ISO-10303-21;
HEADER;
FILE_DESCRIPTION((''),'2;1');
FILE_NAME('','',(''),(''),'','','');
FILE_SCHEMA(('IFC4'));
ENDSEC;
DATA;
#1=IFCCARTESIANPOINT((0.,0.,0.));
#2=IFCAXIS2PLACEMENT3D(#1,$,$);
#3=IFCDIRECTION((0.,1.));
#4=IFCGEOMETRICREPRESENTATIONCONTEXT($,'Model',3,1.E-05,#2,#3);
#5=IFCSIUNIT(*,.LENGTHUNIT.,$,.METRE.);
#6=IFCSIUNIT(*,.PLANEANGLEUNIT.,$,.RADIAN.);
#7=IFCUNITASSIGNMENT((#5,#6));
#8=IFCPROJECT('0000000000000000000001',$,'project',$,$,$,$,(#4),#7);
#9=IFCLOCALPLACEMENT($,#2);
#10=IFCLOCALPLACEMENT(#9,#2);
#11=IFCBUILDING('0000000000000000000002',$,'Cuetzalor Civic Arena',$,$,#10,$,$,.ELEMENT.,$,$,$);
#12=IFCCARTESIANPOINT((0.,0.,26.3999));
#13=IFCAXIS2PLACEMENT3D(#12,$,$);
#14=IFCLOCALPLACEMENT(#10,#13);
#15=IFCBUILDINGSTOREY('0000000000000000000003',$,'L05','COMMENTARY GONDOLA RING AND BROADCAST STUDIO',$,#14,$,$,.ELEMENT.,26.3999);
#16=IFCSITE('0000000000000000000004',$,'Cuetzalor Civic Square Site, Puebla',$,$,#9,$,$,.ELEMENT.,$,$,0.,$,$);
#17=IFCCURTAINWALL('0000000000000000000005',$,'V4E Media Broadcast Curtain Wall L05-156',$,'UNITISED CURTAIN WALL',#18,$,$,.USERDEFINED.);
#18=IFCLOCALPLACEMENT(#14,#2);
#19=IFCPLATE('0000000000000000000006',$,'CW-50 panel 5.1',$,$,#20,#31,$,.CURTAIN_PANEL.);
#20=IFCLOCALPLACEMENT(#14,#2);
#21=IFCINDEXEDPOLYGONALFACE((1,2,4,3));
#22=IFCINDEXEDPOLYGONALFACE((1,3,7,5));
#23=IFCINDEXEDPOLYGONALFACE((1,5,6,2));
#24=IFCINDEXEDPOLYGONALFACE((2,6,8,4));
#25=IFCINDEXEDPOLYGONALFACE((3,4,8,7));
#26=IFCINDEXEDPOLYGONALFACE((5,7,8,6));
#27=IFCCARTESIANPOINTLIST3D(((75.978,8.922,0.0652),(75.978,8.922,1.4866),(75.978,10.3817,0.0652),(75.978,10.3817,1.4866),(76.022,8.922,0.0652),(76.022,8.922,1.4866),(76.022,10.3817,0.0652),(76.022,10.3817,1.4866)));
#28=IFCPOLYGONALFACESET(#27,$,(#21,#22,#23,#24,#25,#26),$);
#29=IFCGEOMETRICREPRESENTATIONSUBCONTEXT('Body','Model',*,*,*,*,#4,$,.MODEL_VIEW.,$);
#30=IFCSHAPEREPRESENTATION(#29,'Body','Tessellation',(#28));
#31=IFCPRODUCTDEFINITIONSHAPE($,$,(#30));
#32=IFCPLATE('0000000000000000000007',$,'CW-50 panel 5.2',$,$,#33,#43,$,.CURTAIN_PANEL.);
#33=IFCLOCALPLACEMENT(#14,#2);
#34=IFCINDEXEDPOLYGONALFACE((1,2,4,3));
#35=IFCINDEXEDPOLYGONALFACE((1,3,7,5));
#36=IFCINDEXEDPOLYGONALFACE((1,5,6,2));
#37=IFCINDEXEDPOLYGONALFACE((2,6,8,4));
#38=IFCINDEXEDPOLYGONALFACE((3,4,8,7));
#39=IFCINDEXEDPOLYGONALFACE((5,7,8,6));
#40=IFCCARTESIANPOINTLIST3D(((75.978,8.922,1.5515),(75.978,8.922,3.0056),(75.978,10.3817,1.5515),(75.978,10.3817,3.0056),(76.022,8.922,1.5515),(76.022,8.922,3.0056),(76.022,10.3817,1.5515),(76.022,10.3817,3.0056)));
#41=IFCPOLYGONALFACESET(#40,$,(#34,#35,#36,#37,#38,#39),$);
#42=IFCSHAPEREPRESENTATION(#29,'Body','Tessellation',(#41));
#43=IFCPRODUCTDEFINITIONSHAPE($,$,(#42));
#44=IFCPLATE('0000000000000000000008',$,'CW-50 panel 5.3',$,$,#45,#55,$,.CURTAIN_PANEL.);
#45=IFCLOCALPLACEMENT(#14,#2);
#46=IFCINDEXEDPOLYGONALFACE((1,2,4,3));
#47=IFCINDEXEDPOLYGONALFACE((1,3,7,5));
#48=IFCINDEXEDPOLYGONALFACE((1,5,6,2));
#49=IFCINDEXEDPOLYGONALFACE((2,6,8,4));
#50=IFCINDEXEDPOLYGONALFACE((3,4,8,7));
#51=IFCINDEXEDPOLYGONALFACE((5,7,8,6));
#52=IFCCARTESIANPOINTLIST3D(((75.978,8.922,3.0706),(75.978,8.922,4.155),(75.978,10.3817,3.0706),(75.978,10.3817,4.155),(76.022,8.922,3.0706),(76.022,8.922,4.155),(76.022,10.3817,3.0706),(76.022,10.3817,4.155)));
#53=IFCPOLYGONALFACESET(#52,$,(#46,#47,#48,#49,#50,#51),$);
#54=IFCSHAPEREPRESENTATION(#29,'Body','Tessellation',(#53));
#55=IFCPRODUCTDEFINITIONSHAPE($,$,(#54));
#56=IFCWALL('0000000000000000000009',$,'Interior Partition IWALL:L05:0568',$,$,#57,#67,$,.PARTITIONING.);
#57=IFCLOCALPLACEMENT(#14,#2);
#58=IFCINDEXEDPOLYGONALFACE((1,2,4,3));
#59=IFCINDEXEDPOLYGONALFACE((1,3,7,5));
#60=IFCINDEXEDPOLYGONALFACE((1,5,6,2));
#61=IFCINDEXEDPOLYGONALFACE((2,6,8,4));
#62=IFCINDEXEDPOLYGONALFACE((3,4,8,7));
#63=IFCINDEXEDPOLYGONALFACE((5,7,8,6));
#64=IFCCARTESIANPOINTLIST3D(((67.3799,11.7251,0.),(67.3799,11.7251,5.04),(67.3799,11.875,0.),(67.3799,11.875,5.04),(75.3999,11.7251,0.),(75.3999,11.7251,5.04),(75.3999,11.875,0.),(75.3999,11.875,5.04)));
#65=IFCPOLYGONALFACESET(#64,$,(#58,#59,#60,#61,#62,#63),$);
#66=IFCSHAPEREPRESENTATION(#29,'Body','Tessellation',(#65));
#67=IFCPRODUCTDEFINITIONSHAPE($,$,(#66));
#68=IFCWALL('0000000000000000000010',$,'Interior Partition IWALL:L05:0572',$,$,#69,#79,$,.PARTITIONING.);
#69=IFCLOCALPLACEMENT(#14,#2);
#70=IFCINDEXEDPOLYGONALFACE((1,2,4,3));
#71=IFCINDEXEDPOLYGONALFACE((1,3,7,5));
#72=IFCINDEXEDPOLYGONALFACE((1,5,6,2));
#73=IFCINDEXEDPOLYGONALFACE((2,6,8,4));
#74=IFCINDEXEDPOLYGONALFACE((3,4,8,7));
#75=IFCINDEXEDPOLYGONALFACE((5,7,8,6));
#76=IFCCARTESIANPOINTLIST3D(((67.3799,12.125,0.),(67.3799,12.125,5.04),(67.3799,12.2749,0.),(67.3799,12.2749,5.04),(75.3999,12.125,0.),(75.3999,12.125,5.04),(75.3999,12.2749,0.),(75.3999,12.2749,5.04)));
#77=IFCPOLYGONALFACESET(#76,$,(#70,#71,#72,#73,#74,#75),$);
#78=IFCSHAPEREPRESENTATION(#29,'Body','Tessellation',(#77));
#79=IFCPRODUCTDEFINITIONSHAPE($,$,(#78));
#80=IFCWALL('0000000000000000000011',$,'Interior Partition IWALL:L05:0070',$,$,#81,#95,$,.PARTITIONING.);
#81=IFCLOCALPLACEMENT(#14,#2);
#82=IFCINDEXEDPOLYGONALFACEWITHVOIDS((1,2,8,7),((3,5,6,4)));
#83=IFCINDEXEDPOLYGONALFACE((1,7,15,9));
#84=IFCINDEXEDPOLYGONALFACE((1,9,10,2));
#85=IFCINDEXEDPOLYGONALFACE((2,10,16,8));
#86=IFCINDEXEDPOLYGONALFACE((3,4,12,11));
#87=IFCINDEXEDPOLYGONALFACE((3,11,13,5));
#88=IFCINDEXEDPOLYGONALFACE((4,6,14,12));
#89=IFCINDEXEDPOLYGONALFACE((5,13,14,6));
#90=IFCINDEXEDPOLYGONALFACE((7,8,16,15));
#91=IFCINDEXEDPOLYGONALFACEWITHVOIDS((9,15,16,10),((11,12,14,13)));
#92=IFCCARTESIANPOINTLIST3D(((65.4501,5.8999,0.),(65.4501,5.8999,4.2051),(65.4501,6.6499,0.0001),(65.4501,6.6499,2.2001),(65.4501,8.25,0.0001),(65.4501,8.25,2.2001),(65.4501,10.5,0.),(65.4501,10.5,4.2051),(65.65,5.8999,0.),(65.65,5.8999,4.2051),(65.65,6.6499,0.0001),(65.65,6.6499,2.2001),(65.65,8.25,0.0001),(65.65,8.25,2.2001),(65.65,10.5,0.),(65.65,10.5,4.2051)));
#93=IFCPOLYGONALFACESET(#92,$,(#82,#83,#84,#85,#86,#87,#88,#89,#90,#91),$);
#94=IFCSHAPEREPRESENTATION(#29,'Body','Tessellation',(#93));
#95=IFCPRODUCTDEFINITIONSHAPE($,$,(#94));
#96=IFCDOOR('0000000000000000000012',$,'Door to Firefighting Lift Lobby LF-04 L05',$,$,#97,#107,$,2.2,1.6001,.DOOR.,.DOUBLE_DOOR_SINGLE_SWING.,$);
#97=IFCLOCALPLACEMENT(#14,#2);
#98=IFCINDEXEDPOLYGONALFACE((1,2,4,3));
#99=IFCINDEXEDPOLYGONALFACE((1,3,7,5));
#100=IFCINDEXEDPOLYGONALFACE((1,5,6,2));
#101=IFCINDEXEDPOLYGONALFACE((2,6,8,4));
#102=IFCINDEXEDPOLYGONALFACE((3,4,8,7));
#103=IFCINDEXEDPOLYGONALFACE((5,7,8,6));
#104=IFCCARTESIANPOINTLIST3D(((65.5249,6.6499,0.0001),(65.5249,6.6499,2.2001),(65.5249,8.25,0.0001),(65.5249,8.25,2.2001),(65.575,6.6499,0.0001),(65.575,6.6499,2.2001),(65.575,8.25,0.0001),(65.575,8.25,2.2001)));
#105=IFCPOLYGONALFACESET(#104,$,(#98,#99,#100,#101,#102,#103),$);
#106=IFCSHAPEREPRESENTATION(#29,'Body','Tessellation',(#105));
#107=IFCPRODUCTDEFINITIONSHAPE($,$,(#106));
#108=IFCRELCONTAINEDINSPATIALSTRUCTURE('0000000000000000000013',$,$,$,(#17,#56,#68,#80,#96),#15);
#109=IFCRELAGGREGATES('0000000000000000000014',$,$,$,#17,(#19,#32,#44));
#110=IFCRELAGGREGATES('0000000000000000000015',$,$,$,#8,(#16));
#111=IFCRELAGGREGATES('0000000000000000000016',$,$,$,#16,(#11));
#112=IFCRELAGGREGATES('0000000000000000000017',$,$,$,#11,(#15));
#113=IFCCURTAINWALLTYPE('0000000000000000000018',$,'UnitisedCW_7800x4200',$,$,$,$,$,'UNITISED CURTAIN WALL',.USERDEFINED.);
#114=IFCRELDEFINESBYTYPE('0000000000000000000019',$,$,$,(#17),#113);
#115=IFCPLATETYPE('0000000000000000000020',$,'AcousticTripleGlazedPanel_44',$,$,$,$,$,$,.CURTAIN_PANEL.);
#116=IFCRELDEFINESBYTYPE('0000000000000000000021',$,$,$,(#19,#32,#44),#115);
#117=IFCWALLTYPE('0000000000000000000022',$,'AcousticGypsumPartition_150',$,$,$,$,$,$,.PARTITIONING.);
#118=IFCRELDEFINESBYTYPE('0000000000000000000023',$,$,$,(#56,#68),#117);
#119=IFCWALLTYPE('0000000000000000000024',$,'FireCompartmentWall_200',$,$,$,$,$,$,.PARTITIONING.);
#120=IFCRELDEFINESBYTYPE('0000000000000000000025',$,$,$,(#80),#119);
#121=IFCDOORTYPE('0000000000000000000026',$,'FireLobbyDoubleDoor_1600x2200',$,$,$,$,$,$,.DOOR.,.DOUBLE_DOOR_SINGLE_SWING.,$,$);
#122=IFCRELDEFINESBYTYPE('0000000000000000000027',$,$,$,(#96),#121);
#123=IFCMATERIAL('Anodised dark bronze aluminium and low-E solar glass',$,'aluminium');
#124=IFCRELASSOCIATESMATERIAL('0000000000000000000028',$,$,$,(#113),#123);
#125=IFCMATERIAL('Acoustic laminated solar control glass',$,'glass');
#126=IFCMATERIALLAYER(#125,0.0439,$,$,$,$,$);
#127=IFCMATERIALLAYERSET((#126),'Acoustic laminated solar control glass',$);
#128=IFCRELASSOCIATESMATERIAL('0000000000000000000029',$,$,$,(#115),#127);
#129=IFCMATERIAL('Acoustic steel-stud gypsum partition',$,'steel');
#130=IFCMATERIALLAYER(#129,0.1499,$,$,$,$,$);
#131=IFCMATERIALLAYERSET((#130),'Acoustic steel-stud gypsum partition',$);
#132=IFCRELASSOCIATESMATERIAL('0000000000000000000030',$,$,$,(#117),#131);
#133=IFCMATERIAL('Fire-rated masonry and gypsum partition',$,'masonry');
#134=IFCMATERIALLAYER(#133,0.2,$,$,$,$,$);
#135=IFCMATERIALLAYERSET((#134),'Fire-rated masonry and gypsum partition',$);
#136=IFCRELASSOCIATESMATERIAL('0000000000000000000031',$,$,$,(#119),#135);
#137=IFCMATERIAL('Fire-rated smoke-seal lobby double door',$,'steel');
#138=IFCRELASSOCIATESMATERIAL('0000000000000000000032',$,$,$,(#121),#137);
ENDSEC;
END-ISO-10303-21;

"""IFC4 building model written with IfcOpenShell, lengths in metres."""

from ifc_helpers import new_model, si_unit, direction, frame, frame_2d, origin, origin_2d, place, context, subcontext, project, spatial, rectangle, extrude, material, layer, layer_set, type_object, element, fill, aggregate, save


model = new_model("IFC4")

# Units and contexts
model_context = context("Model", 3, precision=1e-05, world=origin(), true_north=direction((0.0, 1.0)))
body_context = subcontext(model_context, "Body", "Model", "MODEL_VIEW")
ifc_project = project(units=[si_unit("LENGTHUNIT", "METRE"), si_unit("PLANEANGLEUNIT", "RADIAN")], contexts=[model_context])

# Site, building, storey
site_placement = place(None, origin())
site = spatial("IfcSite", under=ifc_project, at=site_placement, Name="Cuetzalor Civic Square Site, Puebla", CompositionType="ELEMENT", RefElevation=0.0)
building_placement = place(site_placement, origin())
building = spatial("IfcBuilding", under=site, at=building_placement, Name="Cuetzalor Civic Arena", CompositionType="ELEMENT")
storey_placement = place(building_placement, frame((0.0, 0.0, 26.3999)))
storey = spatial("IfcBuildingStorey", under=building, at=storey_placement, Name="L05", Description="COMMENTARY GONDOLA RING AND BROADCAST STUDIO", CompositionType="ELEMENT", Elevation=26.3999)

# Curtain wall, plates
ifc_material_1 = material(Name="Anodised dark bronze aluminium and low-E solar glass", Category="aluminium")
curtain_wall_type = type_object("IfcCurtainWallType", Name="UnitisedCW_7800x4200", ElementType="UNITISED CURTAIN WALL", PredefinedType="USERDEFINED", material=ifc_material_1)
curtain_wall_placement = place(storey_placement, origin())
curtain_wall = element("IfcCurtainWall", 1, at=curtain_wall_placement, inside=storey, type_object=curtain_wall_type, Name="V4E Media Broadcast Curtain Wall L05-156", ObjectType="UNITISED CURTAIN WALL", PredefinedType="USERDEFINED")
ifc_material_2 = material(Name="Acoustic laminated solar control glass", Category="glass")
ifc_layer_1 = layer(ifc_material_2, 0.0439)
ifc_layer_set_1 = layer_set([ifc_layer_1], Name="Acoustic laminated solar control glass")
plate_type = type_object("IfcPlateType", Name="AcousticTripleGlazedPanel_44", PredefinedType="CURTAIN_PANEL", material=ifc_layer_set_1)
plate_1_placement = place(storey_placement, frame((76.0, 9.6519, 0.0652), z_axis=(0.0, 0.0, 1.0), x_axis=(0.0, -1.0, 0.0)))
plate_1 = element("IfcPlate", 2, at=plate_1_placement, type_object=plate_type, Name="CW-50 panel 5.1", PredefinedType="CURTAIN_PANEL", context=body_context, shape_type="SweptSolid", body=[
    extrude(rectangle(XDim=1.4597, YDim=0.0439, at=origin_2d()), origin(), (0.0, 0.0, 1.0), 1.4214),
])
plate_2_placement = place(storey_placement, frame((76.0, 9.6519, 1.5515), z_axis=(0.0, 0.0, 1.0), x_axis=(0.0, -1.0, 0.0)))
plate_2 = element("IfcPlate", 3, at=plate_2_placement, type_object=plate_type, Name="CW-50 panel 5.2", PredefinedType="CURTAIN_PANEL", context=body_context, shape_type="SweptSolid", body=[
    extrude(rectangle(XDim=1.4597, YDim=0.0439, at=origin_2d()), origin(), (0.0, 0.0, 1.0), 1.4541),
])
plate_3_placement = place(storey_placement, frame((76.0, 9.6519, 3.0706), z_axis=(0.0, 0.0, 1.0), x_axis=(0.0, -1.0, 0.0)))
plate_3 = element("IfcPlate", 4, at=plate_3_placement, type_object=plate_type, Name="CW-50 panel 5.3", PredefinedType="CURTAIN_PANEL", context=body_context, shape_type="SweptSolid", body=[
    extrude(rectangle(XDim=1.4597, YDim=0.0439, at=origin_2d()), origin(), (0.0, 0.0, 1.0), 1.0845),
])
aggregate(curtain_wall, [plate_1, plate_2, plate_3])

# Walls
ifc_material_3 = material(Name="Acoustic steel-stud gypsum partition", Category="steel")
ifc_layer_2 = layer(ifc_material_3, 0.1499)
ifc_layer_set_2 = layer_set([ifc_layer_2], Name="Acoustic steel-stud gypsum partition")
wall_type_1 = type_object("IfcWallType", Name="AcousticGypsumPartition_150", PredefinedType="PARTITIONING", material=ifc_layer_set_2)
for number, where, z_axis, x_axis, name in (
    (5, (67.3799, 11.8, 0.0), (0.0, 0.0, 1.0), (1.0, 0.0, 0.0), "Interior Partition IWALL:L05:0568"),
    (6, (75.3999, 12.2, 0.0), (0.0, 0.0, 1.0), (-1.0, 0.0, 0.0), "Interior Partition IWALL:L05:0572"),
):
    element("IfcWall", number, at=place(storey_placement, frame(where, z_axis=z_axis, x_axis=x_axis)), inside=storey, type_object=wall_type_1, Name=name, PredefinedType="PARTITIONING", context=body_context, shape_type="SweptSolid", body=[
        extrude(rectangle(XDim=8.02, YDim=0.1499, at=frame_2d((4.01, 0.0))), origin(), (0.0, 0.0, 1.0), 5.04),
    ])

# Wall, opening, door
ifc_material_4 = material(Name="Fire-rated masonry and gypsum partition", Category="masonry")
ifc_layer_3 = layer(ifc_material_4, 0.2)
ifc_layer_set_3 = layer_set([ifc_layer_3], Name="Fire-rated masonry and gypsum partition")
wall_type_2 = type_object("IfcWallType", Name="FireCompartmentWall_200", PredefinedType="PARTITIONING", material=ifc_layer_set_3)
wall_1_placement = place(storey_placement, frame((65.55, 10.5, 0.0), z_axis=(0.0, 0.0, 1.0), x_axis=(0.0, -1.0, 0.0)))
wall_1 = element("IfcWall", 7, at=wall_1_placement, inside=storey, type_object=wall_type_2, Name="Interior Partition IWALL:L05:0070", PredefinedType="PARTITIONING", context=body_context, shape_type="SweptSolid", body=[
    extrude(rectangle(XDim=4.6001, YDim=0.2, at=frame_2d((2.3, 0.0))), origin(), (0.0, 0.0, 1.0), 4.2051),
])
opening_1_placement = place(wall_1_placement, frame((2.25, 0.0, 0.0)))
opening_1 = element("IfcOpeningElement", 8, at=opening_1_placement, cuts=wall_1, PredefinedType="OPENING", context=body_context, shape_type="SweptSolid", body=[
    extrude(rectangle(XDim=1.6001, YDim=2.2, at=frame_2d((0.8, 1.1001))), frame((0.0, 0.1099, 0.0), z_axis=(0.0, -1.0, 0.0), x_axis=(1.0, 0.0, 0.0)), (0.0, 0.0, 1.0), 0.22),
])
ifc_material_5 = material(Name="Fire-rated smoke-seal lobby double door", Category="steel")
door_type_1 = type_object("IfcDoorType", Name="FireLobbyDoubleDoor_1600x2200", OperationType="DOUBLE_DOOR_SINGLE_SWING", PredefinedType="DOOR", material=ifc_material_5)
door_1_placement = place(opening_1_placement, origin())
door_1 = element("IfcDoor", 9, at=door_1_placement, inside=storey, type_object=door_type_1, Name="Door to Firefighting Lift Lobby LF-04 L05", OperationType="DOUBLE_DOOR_SINGLE_SWING", OverallHeight=2.2, OverallWidth=1.6001, PredefinedType="DOOR", context=body_context, shape_type="SweptSolid", body=[
    extrude(rectangle(XDim=1.6001, YDim=2.2, at=frame_2d((0.8, 1.1001))), frame((0.0, 0.0249, 0.0), z_axis=(0.0, -1.0, 0.0), x_axis=(1.0, 0.0, 0.0)), (0.0, 0.0, 1.0), 0.05),
])
fill(opening_1, door_1)

save(model, "model.ifc")
